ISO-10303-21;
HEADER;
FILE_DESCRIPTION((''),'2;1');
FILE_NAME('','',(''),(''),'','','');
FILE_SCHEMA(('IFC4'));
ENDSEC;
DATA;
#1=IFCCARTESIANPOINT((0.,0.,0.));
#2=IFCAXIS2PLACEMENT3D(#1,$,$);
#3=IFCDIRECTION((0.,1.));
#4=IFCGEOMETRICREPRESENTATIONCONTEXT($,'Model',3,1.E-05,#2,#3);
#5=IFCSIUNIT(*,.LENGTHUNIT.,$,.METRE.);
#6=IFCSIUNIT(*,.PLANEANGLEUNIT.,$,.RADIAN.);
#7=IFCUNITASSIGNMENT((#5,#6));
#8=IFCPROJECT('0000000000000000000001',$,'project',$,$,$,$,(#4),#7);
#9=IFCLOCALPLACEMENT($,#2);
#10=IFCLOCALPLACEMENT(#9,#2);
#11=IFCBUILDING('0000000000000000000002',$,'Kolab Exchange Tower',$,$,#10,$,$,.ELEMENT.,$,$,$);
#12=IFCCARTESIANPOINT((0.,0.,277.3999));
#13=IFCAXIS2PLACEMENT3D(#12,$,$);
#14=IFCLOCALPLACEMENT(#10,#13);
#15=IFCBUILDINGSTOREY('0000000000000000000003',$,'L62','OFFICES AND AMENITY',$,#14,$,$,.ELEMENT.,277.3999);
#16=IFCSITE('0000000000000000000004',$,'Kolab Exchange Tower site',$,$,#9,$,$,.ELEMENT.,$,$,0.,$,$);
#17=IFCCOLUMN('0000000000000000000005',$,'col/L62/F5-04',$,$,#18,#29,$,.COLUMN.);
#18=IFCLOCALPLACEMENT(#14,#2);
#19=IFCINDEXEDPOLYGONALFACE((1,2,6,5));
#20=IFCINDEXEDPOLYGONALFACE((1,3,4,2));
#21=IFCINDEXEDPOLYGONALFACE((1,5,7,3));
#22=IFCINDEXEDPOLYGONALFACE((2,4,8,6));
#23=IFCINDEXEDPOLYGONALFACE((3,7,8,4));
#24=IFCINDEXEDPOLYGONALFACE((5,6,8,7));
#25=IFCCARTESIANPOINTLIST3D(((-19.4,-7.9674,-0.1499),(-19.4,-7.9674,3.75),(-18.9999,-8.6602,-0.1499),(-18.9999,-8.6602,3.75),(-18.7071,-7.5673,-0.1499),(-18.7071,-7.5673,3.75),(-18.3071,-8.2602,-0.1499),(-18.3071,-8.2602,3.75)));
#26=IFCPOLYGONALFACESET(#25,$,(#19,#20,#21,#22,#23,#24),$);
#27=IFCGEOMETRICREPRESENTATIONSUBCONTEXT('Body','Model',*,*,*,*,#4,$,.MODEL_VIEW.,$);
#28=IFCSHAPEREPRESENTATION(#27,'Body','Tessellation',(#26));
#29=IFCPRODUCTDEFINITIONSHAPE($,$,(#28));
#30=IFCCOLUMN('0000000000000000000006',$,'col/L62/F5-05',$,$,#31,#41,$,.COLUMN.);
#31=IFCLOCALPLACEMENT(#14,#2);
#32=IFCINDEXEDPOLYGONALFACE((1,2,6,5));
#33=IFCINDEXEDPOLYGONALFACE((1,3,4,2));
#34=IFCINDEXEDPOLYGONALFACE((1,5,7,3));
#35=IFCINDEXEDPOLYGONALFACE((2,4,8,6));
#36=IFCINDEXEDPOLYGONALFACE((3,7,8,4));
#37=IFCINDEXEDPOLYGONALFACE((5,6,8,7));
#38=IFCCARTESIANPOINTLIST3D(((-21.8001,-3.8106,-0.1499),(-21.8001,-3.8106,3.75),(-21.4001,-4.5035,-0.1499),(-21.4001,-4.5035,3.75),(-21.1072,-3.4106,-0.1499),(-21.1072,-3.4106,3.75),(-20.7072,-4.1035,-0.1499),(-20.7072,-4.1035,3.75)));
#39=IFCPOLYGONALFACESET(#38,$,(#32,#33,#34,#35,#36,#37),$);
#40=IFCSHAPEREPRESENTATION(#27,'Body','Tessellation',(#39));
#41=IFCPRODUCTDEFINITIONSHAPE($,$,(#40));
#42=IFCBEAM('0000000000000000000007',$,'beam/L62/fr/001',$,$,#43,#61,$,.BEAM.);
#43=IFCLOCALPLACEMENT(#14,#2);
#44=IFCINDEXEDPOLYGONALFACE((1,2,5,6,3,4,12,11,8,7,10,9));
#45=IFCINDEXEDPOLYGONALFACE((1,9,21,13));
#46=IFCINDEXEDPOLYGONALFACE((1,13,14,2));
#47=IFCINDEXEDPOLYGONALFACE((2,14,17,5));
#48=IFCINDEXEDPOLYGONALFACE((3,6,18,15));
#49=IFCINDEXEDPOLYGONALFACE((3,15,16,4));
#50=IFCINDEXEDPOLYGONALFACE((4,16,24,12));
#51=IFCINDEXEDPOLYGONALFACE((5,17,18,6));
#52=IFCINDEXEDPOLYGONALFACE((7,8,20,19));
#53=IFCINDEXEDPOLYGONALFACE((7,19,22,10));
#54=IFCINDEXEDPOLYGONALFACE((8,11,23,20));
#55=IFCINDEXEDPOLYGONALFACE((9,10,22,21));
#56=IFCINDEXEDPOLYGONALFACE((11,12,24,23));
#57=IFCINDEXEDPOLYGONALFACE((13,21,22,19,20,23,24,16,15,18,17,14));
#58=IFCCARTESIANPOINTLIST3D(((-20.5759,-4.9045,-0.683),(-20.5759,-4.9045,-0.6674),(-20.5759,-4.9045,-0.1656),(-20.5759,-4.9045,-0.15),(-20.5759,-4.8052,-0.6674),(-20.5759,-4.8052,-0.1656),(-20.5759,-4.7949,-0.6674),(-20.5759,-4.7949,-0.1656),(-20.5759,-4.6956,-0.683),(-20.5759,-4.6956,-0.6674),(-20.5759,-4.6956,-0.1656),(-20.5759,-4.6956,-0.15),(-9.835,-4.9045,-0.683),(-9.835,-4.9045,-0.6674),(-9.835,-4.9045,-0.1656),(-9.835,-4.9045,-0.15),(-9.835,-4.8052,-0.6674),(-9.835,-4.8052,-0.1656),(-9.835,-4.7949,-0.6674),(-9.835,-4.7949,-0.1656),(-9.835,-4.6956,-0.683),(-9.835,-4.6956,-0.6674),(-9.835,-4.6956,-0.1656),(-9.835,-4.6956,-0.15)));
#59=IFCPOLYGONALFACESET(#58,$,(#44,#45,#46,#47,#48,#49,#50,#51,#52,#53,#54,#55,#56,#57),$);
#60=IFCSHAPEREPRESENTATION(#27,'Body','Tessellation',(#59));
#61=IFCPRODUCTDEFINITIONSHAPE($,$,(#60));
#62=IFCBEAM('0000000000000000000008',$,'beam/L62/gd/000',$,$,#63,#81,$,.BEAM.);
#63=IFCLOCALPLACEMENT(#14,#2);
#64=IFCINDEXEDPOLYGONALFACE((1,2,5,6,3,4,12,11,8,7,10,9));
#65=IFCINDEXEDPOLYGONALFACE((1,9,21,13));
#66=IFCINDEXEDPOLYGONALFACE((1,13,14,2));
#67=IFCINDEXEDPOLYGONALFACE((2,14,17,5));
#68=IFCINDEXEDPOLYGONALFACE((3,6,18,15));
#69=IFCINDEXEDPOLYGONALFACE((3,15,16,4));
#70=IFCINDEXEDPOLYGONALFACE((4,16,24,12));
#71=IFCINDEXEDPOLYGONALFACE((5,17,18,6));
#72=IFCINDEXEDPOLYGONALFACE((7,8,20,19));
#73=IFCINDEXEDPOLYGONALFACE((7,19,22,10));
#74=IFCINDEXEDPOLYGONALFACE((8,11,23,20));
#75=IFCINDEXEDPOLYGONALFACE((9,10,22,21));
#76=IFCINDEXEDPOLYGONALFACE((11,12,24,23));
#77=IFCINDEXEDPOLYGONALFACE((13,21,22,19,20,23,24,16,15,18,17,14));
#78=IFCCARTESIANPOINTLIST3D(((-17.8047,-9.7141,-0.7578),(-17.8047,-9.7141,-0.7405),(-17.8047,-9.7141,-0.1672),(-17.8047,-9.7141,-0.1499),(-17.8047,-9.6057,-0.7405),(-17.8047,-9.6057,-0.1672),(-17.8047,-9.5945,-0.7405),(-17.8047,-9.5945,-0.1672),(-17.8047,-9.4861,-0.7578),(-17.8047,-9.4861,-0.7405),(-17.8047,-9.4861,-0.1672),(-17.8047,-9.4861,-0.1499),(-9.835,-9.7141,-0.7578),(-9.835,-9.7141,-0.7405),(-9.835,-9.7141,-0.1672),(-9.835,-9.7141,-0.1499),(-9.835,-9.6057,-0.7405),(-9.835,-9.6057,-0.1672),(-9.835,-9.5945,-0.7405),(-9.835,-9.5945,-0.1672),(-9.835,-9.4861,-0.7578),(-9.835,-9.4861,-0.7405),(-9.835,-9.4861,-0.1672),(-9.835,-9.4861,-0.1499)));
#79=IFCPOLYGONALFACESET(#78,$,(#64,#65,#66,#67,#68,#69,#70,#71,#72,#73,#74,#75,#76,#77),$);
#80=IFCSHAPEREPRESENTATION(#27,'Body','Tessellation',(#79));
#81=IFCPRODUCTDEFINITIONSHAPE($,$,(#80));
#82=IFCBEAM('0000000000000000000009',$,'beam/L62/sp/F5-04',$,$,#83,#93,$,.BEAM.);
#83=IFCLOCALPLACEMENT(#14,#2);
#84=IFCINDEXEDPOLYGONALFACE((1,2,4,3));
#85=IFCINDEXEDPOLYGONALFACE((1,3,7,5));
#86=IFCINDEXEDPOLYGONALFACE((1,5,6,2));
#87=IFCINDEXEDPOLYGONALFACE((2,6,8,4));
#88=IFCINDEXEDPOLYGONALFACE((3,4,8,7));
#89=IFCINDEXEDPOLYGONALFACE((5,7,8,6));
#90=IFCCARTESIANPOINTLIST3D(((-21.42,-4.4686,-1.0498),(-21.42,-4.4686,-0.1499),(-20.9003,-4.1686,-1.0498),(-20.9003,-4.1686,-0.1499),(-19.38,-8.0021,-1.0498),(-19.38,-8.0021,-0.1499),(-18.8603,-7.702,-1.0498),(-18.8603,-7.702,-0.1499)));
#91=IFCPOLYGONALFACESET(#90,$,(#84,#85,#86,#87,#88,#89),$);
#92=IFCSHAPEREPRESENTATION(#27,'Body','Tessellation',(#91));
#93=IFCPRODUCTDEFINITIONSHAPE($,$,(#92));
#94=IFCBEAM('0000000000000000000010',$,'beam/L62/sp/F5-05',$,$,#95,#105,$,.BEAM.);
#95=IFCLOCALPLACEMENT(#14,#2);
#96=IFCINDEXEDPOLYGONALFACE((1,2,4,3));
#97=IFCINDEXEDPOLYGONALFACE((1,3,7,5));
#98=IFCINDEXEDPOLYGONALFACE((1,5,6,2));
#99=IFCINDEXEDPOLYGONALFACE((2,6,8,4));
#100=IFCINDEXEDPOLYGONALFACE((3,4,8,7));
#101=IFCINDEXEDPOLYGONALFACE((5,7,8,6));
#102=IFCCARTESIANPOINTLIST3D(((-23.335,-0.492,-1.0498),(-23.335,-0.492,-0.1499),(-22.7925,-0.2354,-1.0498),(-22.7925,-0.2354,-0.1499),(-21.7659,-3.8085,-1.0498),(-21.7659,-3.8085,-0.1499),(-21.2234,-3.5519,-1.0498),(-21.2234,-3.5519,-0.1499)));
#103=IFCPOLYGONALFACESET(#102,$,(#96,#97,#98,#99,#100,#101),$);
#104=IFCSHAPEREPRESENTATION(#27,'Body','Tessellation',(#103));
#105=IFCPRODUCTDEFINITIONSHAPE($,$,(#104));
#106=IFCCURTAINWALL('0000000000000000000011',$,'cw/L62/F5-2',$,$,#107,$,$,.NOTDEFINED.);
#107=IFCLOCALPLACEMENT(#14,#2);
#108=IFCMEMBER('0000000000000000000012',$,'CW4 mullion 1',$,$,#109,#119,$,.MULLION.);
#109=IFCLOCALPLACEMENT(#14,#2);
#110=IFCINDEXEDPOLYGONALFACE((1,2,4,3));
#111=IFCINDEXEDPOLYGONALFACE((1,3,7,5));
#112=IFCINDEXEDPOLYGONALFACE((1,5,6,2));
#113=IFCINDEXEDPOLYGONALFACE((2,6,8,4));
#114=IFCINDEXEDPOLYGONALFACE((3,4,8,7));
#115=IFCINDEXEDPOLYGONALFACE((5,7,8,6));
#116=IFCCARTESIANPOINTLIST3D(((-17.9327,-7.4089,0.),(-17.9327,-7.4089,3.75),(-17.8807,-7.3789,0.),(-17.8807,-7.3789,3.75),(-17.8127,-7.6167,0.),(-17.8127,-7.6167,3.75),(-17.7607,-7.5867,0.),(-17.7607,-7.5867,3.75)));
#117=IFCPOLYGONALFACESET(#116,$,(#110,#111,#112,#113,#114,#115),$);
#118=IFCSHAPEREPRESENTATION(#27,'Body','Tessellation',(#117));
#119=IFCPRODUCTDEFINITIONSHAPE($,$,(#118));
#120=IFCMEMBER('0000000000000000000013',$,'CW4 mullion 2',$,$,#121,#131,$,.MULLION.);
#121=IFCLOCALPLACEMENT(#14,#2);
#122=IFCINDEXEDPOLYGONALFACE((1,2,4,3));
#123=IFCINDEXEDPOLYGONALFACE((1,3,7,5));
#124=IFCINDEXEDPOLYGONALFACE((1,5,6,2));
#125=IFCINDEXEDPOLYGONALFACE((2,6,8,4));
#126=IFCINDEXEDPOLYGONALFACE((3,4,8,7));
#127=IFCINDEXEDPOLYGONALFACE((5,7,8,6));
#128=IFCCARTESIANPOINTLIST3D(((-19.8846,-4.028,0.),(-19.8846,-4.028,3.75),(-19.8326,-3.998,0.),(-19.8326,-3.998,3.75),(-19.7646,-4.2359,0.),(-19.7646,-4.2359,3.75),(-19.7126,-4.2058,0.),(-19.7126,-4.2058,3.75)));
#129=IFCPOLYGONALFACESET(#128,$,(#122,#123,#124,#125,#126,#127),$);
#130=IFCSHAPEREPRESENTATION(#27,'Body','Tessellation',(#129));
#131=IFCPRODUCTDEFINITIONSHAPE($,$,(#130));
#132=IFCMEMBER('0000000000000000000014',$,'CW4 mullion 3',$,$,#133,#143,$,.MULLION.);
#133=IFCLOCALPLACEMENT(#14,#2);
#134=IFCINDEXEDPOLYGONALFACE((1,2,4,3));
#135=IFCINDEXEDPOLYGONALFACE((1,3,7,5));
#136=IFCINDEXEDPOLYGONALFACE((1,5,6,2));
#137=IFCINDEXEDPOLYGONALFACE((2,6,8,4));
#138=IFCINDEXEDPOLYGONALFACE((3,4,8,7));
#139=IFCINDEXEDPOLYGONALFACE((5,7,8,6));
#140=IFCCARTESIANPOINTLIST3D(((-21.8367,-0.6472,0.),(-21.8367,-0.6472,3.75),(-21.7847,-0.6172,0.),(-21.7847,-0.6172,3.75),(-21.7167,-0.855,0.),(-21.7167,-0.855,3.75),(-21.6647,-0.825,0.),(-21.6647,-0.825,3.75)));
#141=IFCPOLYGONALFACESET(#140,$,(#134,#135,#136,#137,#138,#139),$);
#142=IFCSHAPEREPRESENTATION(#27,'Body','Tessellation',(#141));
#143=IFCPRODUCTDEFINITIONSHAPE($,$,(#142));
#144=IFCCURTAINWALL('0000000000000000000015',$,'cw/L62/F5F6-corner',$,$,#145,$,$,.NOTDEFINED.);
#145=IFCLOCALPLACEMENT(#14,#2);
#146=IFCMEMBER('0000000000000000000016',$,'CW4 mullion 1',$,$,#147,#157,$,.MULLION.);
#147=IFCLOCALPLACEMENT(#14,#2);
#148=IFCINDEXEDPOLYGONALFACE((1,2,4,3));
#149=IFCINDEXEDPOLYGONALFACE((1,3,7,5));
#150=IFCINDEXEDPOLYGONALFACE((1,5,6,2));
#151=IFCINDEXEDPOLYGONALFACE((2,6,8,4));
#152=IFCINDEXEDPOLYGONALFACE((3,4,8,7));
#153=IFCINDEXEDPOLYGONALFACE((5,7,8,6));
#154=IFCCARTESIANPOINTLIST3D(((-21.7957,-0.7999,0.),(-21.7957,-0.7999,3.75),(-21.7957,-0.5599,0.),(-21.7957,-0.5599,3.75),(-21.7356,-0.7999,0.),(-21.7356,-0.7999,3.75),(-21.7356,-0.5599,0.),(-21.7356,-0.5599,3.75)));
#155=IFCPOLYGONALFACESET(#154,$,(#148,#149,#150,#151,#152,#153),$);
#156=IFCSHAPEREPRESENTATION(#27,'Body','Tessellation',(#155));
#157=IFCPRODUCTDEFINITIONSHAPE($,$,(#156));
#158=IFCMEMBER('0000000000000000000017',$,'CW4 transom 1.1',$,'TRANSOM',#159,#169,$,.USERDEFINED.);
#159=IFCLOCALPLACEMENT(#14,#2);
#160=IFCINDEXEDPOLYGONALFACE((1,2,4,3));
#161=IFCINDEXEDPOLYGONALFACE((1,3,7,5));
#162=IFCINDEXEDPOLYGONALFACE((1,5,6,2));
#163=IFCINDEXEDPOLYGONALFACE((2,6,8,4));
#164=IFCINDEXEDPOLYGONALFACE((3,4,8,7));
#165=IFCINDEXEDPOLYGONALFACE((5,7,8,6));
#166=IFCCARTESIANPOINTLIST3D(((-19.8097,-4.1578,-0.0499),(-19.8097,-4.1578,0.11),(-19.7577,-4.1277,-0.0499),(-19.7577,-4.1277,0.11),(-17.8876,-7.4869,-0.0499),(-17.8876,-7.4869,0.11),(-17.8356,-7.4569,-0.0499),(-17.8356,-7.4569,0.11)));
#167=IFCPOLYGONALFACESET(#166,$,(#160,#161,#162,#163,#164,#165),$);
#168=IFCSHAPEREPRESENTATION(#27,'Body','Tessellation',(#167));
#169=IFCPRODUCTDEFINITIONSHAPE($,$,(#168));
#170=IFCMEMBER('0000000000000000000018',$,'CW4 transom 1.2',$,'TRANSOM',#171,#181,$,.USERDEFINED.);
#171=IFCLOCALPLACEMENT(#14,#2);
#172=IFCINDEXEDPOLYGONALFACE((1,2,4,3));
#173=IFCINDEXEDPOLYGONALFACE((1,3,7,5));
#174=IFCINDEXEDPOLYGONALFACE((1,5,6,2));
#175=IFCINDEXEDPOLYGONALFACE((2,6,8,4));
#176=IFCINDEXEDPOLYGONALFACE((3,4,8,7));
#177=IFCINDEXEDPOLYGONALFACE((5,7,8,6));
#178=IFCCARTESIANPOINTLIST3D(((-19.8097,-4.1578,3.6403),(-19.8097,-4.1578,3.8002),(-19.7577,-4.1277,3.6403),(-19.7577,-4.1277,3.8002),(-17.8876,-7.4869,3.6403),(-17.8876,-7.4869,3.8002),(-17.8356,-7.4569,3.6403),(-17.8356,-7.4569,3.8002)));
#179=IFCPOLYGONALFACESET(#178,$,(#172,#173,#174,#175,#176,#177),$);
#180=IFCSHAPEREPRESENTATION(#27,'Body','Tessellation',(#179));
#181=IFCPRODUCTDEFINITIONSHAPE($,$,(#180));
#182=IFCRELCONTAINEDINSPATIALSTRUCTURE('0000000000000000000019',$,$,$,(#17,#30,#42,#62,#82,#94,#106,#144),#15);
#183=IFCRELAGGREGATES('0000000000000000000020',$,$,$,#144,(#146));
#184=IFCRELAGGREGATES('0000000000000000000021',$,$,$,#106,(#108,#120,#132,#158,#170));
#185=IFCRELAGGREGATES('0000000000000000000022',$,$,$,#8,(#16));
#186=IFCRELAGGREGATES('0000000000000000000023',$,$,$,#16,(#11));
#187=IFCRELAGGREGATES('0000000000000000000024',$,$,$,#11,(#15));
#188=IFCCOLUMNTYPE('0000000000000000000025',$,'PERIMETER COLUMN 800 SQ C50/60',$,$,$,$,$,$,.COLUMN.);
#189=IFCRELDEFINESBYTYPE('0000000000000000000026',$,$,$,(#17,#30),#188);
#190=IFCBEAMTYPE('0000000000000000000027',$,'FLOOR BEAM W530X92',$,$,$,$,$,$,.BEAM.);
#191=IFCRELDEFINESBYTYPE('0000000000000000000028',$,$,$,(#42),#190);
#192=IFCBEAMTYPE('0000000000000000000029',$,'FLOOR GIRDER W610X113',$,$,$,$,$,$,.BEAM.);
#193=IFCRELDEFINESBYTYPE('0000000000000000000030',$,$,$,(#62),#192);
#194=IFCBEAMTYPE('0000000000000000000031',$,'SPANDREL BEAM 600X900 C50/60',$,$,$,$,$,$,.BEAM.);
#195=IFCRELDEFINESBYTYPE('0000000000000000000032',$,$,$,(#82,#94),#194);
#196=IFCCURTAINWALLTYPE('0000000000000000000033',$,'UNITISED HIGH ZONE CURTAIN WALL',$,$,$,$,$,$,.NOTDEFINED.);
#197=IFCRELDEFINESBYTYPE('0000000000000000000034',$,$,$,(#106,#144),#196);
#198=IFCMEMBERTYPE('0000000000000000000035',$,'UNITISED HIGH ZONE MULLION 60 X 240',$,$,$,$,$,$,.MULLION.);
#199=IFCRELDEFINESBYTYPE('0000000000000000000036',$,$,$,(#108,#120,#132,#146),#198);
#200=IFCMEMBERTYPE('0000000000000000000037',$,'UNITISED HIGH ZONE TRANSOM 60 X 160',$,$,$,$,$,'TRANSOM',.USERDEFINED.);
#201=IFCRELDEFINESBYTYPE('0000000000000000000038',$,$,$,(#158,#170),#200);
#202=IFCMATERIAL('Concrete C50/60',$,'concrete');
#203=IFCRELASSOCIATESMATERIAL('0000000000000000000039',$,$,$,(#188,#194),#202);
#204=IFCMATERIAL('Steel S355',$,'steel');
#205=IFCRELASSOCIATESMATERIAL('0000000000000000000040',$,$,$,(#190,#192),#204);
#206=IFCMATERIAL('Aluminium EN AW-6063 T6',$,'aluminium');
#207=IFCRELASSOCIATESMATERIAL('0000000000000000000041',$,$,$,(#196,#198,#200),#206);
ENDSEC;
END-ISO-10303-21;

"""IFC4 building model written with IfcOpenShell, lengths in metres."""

from ifc_helpers import new_model, si_unit, direction, frame, origin, origin_2d, place, context, subcontext, project, spatial, rectangle, i_section, extrude, material, material_profile, profile_set, type_object, element, aggregate, save


model = new_model("IFC4")

# Units and contexts
model_context = context("Model", 3, precision=1e-05, world=origin(), true_north=direction((0.0, 1.0)))
body_context = subcontext(model_context, "Body", "Model", "MODEL_VIEW")
ifc_project = project(units=[si_unit("LENGTHUNIT", "METRE"), si_unit("PLANEANGLEUNIT", "RADIAN")], contexts=[model_context])

# Site, building, storey
site_placement = place(None, origin())
site = spatial("IfcSite", under=ifc_project, at=site_placement, Name="Kolab Exchange Tower site", CompositionType="ELEMENT", RefElevation=0.0)
building_placement = place(site_placement, origin())
building = spatial("IfcBuilding", under=site, at=building_placement, Name="Kolab Exchange Tower", CompositionType="ELEMENT")
storey_placement = place(building_placement, frame((0.0, 0.0, 277.3999)))
storey = spatial("IfcBuildingStorey", under=building, at=storey_placement, Name="L62", Description="OFFICES AND AMENITY", CompositionType="ELEMENT", Elevation=277.3999)

# Columns
ifc_material_1 = material(Name="Concrete C50/60", Category="concrete")
ifc_material_profile_1 = material_profile(ifc_material_1, rectangle(XDim=0.8, YDim=0.8, at=origin_2d()), Name="RC800")
ifc_profile_set_1 = profile_set([ifc_material_profile_1], Name="Concrete C50/60")
column_type = type_object("IfcColumnType", Name="PERIMETER COLUMN 800 SQ C50/60", PredefinedType="COLUMN", material=ifc_profile_set_1)
for number, where, z_axis, x_axis, name in (
    (1, (-18.8535, -8.1138, -0.1499), (0.0, 0.0, 1.0), (0.866025, 0.5, 0.0), "col/L62/F5-04"),
    (2, (-21.2537, -3.957, -0.1499), (0.0, 0.0, 1.0), (0.866025, 0.5, 0.0), "col/L62/F5-05"),
):
    element("IfcColumn", number, at=place(storey_placement, frame(where, z_axis=z_axis, x_axis=x_axis)), inside=storey, type_object=column_type, Name=name, PredefinedType="COLUMN", context=body_context, shape_type="SweptSolid", body=[
        extrude(rectangle(XDim=0.8, YDim=0.8, at=origin_2d()), origin(), (0.0, 0.0, 1.0), 3.8999),
    ])

# Beams
ifc_material_2 = material(Name="Steel S355", Category="steel")
ifc_material_profile_2 = material_profile(ifc_material_2, i_section(OverallWidth=0.209, OverallDepth=0.533, WebThickness=0.0103, FlangeThickness=0.0156, at=origin_2d()), Name="W530X92")
ifc_profile_set_2 = profile_set([ifc_material_profile_2], Name="Steel S355")
beam_type_1 = type_object("IfcBeamType", Name="FLOOR BEAM W530X92", PredefinedType="BEAM", material=ifc_profile_set_2)
beam_1_placement = place(storey_placement, frame((-20.5759, -4.8, -0.4165), z_axis=(1.0, 0.0, 0.0), x_axis=(0.0, 1.0, 0.0)))
element("IfcBeam", 3, at=beam_1_placement, inside=storey, type_object=beam_type_1, Name="beam/L62/fr/001", PredefinedType="BEAM", context=body_context, shape_type="SweptSolid", body=[
    extrude(i_section(OverallWidth=0.209, OverallDepth=0.533, WebThickness=0.0103, FlangeThickness=0.0156, at=origin_2d()), origin(), (0.0, 0.0, 1.0), 10.741),
])
ifc_material_profile_3 = material_profile(ifc_material_2, i_section(OverallWidth=0.228, OverallDepth=0.6079, WebThickness=0.0112, FlangeThickness=0.0173, at=origin_2d()), Name="W610X113")
ifc_profile_set_3 = profile_set([ifc_material_profile_3], Name="Steel S355")
beam_type_2 = type_object("IfcBeamType", Name="FLOOR GIRDER W610X113", PredefinedType="BEAM", material=ifc_profile_set_3)
beam_2_placement = place(storey_placement, frame((-17.8047, -9.6001, -0.4539), z_axis=(1.0, 0.0, 0.0), x_axis=(0.0, 1.0, 0.0)))
element("IfcBeam", 4, at=beam_2_placement, inside=storey, type_object=beam_type_2, Name="beam/L62/gd/000", PredefinedType="BEAM", context=body_context, shape_type="SweptSolid", body=[
    extrude(i_section(OverallWidth=0.228, OverallDepth=0.6079, WebThickness=0.0112, FlangeThickness=0.0173, at=origin_2d()), origin(), (0.0, 0.0, 1.0), 7.9697),
])
ifc_material_profile_4 = material_profile(ifc_material_1, rectangle(XDim=0.6001, YDim=0.8999, at=origin_2d()), Name="RC600X900")
ifc_profile_set_4 = profile_set([ifc_material_profile_4], Name="Concrete C50/60")
beam_type_3 = type_object("IfcBeamType", Name="SPANDREL BEAM 600X900 C50/60", PredefinedType="BEAM", material=ifc_profile_set_4)
beam_3_placement = place(storey_placement, frame((-19.1201, -7.8521, -0.5999), z_axis=(-0.5, 0.866025, 0.0), x_axis=(-0.866025, -0.5, 0.0)))
element("IfcBeam", 5, at=beam_3_placement, inside=storey, type_object=beam_type_3, Name="beam/L62/sp/F5-04", PredefinedType="BEAM", context=body_context, shape_type="SweptSolid", body=[
    extrude(rectangle(XDim=0.6001, YDim=0.8999, at=origin_2d()), origin(), (0.0, 0.0, 1.0), 4.0801),
])
beam_4_placement = place(storey_placement, frame((-21.4946, -3.6802, -0.5999), z_axis=(-0.427677, 0.903932, 0.0), x_axis=(-0.903932, -0.427677, 0.0)))
element("IfcBeam", 6, at=beam_4_placement, inside=storey, type_object=beam_type_3, Name="beam/L62/sp/F5-05", PredefinedType="BEAM", context=body_context, shape_type="SweptSolid", body=[
    extrude(rectangle(XDim=0.6001, YDim=0.8999, at=origin_2d()), origin(), (0.0, 0.0, 1.0), 3.6689),
])

# Curtain wall, members
ifc_material_3 = material(Name="Aluminium EN AW-6063 T6", Category="aluminium")
curtain_wall_type = type_object("IfcCurtainWallType", Name="UNITISED HIGH ZONE CURTAIN WALL", PredefinedType="NOTDEFINED", material=ifc_material_3)
curtain_wall_1_placement = place(storey_placement, origin())
curtain_wall_1 = element("IfcCurtainWall", 7, at=curtain_wall_1_placement, inside=storey, type_object=curtain_wall_type, Name="cw/L62/F5-2", PredefinedType="NOTDEFINED")
ifc_material_profile_5 = material_profile(ifc_material_3, rectangle(XDim=0.0601, YDim=0.24, at=origin_2d()), Name="RECT 60X240")
ifc_profile_set_5 = profile_set([ifc_material_profile_5], Name="Aluminium EN AW-6063 T6")
member_type_1 = type_object("IfcMemberType", Name="UNITISED HIGH ZONE MULLION 60 X 240", PredefinedType="MULLION", material=ifc_profile_set_5)
member_1_placement = place(storey_placement, frame((-17.8467, -7.4978, 0.0), z_axis=(0.0, 0.0, 1.0), x_axis=(-0.866025, -0.5, 0.0)))
member_1 = element("IfcMember", 8, at=member_1_placement, type_object=member_type_1, Name="CW4 mullion 1", PredefinedType="MULLION", context=body_context, shape_type="SweptSolid", body=[
    extrude(rectangle(XDim=0.0601, YDim=0.24, at=origin_2d()), origin(), (0.0, 0.0, 1.0), 3.75),
])
member_2_placement = place(storey_placement, frame((-19.7986, -4.1169, 0.0), z_axis=(0.0, 0.0, 1.0), x_axis=(-0.866025, -0.5, 0.0)))
member_2 = element("IfcMember", 9, at=member_2_placement, type_object=member_type_1, Name="CW4 mullion 2", PredefinedType="MULLION", context=body_context, shape_type="SweptSolid", body=[
    extrude(rectangle(XDim=0.0601, YDim=0.24, at=origin_2d()), origin(), (0.0, 0.0, 1.0), 3.75),
])
member_3_placement = place(storey_placement, frame((-21.7507, -0.7361, 0.0), z_axis=(0.0, 0.0, 1.0), x_axis=(-0.866025, -0.5, 0.0)))
member_3 = element("IfcMember", 10, at=member_3_placement, type_object=member_type_1, Name="CW4 mullion 3", PredefinedType="MULLION", context=body_context, shape_type="SweptSolid", body=[
    extrude(rectangle(XDim=0.0601, YDim=0.24, at=origin_2d()), origin(), (0.0, 0.0, 1.0), 3.75),
])

# Curtain wall, member
curtain_wall_2_placement = place(storey_placement, origin())
curtain_wall_2 = element("IfcCurtainWall", 11, at=curtain_wall_2_placement, inside=storey, type_object=curtain_wall_type, Name="cw/L62/F5F6-corner", PredefinedType="NOTDEFINED")
member_4_placement = place(storey_placement, frame((-21.7656, -0.6799, 0.0), z_axis=(0.0, 0.0, 1.0), x_axis=(-1.0, 0.0, 0.0)))
member_4 = element("IfcMember", 12, at=member_4_placement, type_object=member_type_1, Name="CW4 mullion 1", PredefinedType="MULLION", context=body_context, shape_type="SweptSolid", body=[
    extrude(rectangle(XDim=0.0601, YDim=0.24, at=origin_2d()), origin(), (0.0, 0.0, 1.0), 3.75),
])

# Members
ifc_material_profile_6 = material_profile(ifc_material_3, rectangle(XDim=0.0601, YDim=0.1599, at=origin_2d()), Name="RECT 60X160")
ifc_profile_set_6 = profile_set([ifc_material_profile_6], Name="Aluminium EN AW-6063 T6")
member_type_2 = type_object("IfcMemberType", Name="UNITISED HIGH ZONE TRANSOM 60 X 160", ElementType="TRANSOM", PredefinedType="USERDEFINED", material=ifc_profile_set_6)
member_5_placement = place(storey_placement, frame((-17.8616, -7.4719, 0.03), z_axis=(-0.500012, 0.866018, 0.0), x_axis=(-0.866018, -0.500012, 0.0)))
member_5 = element("IfcMember", 13, at=member_5_placement, type_object=member_type_2, Name="CW4 transom 1.1", ObjectType="TRANSOM", PredefinedType="USERDEFINED", context=body_context, shape_type="SweptSolid", body=[
    extrude(rectangle(XDim=0.0601, YDim=0.1599, at=origin_2d()), origin(), (0.0, 0.0, 1.0), 3.8442),
])
member_6_placement = place(storey_placement, frame((-17.8616, -7.4719, 3.7202), z_axis=(-0.500012, 0.866018, 0.0), x_axis=(-0.866018, -0.500012, 0.0)))
member_6 = element("IfcMember", 14, at=member_6_placement, type_object=member_type_2, Name="CW4 transom 1.2", ObjectType="TRANSOM", PredefinedType="USERDEFINED", context=body_context, shape_type="SweptSolid", body=[
    extrude(rectangle(XDim=0.0601, YDim=0.1599, at=origin_2d()), origin(), (0.0, 0.0, 1.0), 3.8442),
])
aggregate(curtain_wall_2, [member_4])

aggregate(curtain_wall_1, [member_1, member_2, member_3, member_5, member_6])

save(model, "model.ifc")
